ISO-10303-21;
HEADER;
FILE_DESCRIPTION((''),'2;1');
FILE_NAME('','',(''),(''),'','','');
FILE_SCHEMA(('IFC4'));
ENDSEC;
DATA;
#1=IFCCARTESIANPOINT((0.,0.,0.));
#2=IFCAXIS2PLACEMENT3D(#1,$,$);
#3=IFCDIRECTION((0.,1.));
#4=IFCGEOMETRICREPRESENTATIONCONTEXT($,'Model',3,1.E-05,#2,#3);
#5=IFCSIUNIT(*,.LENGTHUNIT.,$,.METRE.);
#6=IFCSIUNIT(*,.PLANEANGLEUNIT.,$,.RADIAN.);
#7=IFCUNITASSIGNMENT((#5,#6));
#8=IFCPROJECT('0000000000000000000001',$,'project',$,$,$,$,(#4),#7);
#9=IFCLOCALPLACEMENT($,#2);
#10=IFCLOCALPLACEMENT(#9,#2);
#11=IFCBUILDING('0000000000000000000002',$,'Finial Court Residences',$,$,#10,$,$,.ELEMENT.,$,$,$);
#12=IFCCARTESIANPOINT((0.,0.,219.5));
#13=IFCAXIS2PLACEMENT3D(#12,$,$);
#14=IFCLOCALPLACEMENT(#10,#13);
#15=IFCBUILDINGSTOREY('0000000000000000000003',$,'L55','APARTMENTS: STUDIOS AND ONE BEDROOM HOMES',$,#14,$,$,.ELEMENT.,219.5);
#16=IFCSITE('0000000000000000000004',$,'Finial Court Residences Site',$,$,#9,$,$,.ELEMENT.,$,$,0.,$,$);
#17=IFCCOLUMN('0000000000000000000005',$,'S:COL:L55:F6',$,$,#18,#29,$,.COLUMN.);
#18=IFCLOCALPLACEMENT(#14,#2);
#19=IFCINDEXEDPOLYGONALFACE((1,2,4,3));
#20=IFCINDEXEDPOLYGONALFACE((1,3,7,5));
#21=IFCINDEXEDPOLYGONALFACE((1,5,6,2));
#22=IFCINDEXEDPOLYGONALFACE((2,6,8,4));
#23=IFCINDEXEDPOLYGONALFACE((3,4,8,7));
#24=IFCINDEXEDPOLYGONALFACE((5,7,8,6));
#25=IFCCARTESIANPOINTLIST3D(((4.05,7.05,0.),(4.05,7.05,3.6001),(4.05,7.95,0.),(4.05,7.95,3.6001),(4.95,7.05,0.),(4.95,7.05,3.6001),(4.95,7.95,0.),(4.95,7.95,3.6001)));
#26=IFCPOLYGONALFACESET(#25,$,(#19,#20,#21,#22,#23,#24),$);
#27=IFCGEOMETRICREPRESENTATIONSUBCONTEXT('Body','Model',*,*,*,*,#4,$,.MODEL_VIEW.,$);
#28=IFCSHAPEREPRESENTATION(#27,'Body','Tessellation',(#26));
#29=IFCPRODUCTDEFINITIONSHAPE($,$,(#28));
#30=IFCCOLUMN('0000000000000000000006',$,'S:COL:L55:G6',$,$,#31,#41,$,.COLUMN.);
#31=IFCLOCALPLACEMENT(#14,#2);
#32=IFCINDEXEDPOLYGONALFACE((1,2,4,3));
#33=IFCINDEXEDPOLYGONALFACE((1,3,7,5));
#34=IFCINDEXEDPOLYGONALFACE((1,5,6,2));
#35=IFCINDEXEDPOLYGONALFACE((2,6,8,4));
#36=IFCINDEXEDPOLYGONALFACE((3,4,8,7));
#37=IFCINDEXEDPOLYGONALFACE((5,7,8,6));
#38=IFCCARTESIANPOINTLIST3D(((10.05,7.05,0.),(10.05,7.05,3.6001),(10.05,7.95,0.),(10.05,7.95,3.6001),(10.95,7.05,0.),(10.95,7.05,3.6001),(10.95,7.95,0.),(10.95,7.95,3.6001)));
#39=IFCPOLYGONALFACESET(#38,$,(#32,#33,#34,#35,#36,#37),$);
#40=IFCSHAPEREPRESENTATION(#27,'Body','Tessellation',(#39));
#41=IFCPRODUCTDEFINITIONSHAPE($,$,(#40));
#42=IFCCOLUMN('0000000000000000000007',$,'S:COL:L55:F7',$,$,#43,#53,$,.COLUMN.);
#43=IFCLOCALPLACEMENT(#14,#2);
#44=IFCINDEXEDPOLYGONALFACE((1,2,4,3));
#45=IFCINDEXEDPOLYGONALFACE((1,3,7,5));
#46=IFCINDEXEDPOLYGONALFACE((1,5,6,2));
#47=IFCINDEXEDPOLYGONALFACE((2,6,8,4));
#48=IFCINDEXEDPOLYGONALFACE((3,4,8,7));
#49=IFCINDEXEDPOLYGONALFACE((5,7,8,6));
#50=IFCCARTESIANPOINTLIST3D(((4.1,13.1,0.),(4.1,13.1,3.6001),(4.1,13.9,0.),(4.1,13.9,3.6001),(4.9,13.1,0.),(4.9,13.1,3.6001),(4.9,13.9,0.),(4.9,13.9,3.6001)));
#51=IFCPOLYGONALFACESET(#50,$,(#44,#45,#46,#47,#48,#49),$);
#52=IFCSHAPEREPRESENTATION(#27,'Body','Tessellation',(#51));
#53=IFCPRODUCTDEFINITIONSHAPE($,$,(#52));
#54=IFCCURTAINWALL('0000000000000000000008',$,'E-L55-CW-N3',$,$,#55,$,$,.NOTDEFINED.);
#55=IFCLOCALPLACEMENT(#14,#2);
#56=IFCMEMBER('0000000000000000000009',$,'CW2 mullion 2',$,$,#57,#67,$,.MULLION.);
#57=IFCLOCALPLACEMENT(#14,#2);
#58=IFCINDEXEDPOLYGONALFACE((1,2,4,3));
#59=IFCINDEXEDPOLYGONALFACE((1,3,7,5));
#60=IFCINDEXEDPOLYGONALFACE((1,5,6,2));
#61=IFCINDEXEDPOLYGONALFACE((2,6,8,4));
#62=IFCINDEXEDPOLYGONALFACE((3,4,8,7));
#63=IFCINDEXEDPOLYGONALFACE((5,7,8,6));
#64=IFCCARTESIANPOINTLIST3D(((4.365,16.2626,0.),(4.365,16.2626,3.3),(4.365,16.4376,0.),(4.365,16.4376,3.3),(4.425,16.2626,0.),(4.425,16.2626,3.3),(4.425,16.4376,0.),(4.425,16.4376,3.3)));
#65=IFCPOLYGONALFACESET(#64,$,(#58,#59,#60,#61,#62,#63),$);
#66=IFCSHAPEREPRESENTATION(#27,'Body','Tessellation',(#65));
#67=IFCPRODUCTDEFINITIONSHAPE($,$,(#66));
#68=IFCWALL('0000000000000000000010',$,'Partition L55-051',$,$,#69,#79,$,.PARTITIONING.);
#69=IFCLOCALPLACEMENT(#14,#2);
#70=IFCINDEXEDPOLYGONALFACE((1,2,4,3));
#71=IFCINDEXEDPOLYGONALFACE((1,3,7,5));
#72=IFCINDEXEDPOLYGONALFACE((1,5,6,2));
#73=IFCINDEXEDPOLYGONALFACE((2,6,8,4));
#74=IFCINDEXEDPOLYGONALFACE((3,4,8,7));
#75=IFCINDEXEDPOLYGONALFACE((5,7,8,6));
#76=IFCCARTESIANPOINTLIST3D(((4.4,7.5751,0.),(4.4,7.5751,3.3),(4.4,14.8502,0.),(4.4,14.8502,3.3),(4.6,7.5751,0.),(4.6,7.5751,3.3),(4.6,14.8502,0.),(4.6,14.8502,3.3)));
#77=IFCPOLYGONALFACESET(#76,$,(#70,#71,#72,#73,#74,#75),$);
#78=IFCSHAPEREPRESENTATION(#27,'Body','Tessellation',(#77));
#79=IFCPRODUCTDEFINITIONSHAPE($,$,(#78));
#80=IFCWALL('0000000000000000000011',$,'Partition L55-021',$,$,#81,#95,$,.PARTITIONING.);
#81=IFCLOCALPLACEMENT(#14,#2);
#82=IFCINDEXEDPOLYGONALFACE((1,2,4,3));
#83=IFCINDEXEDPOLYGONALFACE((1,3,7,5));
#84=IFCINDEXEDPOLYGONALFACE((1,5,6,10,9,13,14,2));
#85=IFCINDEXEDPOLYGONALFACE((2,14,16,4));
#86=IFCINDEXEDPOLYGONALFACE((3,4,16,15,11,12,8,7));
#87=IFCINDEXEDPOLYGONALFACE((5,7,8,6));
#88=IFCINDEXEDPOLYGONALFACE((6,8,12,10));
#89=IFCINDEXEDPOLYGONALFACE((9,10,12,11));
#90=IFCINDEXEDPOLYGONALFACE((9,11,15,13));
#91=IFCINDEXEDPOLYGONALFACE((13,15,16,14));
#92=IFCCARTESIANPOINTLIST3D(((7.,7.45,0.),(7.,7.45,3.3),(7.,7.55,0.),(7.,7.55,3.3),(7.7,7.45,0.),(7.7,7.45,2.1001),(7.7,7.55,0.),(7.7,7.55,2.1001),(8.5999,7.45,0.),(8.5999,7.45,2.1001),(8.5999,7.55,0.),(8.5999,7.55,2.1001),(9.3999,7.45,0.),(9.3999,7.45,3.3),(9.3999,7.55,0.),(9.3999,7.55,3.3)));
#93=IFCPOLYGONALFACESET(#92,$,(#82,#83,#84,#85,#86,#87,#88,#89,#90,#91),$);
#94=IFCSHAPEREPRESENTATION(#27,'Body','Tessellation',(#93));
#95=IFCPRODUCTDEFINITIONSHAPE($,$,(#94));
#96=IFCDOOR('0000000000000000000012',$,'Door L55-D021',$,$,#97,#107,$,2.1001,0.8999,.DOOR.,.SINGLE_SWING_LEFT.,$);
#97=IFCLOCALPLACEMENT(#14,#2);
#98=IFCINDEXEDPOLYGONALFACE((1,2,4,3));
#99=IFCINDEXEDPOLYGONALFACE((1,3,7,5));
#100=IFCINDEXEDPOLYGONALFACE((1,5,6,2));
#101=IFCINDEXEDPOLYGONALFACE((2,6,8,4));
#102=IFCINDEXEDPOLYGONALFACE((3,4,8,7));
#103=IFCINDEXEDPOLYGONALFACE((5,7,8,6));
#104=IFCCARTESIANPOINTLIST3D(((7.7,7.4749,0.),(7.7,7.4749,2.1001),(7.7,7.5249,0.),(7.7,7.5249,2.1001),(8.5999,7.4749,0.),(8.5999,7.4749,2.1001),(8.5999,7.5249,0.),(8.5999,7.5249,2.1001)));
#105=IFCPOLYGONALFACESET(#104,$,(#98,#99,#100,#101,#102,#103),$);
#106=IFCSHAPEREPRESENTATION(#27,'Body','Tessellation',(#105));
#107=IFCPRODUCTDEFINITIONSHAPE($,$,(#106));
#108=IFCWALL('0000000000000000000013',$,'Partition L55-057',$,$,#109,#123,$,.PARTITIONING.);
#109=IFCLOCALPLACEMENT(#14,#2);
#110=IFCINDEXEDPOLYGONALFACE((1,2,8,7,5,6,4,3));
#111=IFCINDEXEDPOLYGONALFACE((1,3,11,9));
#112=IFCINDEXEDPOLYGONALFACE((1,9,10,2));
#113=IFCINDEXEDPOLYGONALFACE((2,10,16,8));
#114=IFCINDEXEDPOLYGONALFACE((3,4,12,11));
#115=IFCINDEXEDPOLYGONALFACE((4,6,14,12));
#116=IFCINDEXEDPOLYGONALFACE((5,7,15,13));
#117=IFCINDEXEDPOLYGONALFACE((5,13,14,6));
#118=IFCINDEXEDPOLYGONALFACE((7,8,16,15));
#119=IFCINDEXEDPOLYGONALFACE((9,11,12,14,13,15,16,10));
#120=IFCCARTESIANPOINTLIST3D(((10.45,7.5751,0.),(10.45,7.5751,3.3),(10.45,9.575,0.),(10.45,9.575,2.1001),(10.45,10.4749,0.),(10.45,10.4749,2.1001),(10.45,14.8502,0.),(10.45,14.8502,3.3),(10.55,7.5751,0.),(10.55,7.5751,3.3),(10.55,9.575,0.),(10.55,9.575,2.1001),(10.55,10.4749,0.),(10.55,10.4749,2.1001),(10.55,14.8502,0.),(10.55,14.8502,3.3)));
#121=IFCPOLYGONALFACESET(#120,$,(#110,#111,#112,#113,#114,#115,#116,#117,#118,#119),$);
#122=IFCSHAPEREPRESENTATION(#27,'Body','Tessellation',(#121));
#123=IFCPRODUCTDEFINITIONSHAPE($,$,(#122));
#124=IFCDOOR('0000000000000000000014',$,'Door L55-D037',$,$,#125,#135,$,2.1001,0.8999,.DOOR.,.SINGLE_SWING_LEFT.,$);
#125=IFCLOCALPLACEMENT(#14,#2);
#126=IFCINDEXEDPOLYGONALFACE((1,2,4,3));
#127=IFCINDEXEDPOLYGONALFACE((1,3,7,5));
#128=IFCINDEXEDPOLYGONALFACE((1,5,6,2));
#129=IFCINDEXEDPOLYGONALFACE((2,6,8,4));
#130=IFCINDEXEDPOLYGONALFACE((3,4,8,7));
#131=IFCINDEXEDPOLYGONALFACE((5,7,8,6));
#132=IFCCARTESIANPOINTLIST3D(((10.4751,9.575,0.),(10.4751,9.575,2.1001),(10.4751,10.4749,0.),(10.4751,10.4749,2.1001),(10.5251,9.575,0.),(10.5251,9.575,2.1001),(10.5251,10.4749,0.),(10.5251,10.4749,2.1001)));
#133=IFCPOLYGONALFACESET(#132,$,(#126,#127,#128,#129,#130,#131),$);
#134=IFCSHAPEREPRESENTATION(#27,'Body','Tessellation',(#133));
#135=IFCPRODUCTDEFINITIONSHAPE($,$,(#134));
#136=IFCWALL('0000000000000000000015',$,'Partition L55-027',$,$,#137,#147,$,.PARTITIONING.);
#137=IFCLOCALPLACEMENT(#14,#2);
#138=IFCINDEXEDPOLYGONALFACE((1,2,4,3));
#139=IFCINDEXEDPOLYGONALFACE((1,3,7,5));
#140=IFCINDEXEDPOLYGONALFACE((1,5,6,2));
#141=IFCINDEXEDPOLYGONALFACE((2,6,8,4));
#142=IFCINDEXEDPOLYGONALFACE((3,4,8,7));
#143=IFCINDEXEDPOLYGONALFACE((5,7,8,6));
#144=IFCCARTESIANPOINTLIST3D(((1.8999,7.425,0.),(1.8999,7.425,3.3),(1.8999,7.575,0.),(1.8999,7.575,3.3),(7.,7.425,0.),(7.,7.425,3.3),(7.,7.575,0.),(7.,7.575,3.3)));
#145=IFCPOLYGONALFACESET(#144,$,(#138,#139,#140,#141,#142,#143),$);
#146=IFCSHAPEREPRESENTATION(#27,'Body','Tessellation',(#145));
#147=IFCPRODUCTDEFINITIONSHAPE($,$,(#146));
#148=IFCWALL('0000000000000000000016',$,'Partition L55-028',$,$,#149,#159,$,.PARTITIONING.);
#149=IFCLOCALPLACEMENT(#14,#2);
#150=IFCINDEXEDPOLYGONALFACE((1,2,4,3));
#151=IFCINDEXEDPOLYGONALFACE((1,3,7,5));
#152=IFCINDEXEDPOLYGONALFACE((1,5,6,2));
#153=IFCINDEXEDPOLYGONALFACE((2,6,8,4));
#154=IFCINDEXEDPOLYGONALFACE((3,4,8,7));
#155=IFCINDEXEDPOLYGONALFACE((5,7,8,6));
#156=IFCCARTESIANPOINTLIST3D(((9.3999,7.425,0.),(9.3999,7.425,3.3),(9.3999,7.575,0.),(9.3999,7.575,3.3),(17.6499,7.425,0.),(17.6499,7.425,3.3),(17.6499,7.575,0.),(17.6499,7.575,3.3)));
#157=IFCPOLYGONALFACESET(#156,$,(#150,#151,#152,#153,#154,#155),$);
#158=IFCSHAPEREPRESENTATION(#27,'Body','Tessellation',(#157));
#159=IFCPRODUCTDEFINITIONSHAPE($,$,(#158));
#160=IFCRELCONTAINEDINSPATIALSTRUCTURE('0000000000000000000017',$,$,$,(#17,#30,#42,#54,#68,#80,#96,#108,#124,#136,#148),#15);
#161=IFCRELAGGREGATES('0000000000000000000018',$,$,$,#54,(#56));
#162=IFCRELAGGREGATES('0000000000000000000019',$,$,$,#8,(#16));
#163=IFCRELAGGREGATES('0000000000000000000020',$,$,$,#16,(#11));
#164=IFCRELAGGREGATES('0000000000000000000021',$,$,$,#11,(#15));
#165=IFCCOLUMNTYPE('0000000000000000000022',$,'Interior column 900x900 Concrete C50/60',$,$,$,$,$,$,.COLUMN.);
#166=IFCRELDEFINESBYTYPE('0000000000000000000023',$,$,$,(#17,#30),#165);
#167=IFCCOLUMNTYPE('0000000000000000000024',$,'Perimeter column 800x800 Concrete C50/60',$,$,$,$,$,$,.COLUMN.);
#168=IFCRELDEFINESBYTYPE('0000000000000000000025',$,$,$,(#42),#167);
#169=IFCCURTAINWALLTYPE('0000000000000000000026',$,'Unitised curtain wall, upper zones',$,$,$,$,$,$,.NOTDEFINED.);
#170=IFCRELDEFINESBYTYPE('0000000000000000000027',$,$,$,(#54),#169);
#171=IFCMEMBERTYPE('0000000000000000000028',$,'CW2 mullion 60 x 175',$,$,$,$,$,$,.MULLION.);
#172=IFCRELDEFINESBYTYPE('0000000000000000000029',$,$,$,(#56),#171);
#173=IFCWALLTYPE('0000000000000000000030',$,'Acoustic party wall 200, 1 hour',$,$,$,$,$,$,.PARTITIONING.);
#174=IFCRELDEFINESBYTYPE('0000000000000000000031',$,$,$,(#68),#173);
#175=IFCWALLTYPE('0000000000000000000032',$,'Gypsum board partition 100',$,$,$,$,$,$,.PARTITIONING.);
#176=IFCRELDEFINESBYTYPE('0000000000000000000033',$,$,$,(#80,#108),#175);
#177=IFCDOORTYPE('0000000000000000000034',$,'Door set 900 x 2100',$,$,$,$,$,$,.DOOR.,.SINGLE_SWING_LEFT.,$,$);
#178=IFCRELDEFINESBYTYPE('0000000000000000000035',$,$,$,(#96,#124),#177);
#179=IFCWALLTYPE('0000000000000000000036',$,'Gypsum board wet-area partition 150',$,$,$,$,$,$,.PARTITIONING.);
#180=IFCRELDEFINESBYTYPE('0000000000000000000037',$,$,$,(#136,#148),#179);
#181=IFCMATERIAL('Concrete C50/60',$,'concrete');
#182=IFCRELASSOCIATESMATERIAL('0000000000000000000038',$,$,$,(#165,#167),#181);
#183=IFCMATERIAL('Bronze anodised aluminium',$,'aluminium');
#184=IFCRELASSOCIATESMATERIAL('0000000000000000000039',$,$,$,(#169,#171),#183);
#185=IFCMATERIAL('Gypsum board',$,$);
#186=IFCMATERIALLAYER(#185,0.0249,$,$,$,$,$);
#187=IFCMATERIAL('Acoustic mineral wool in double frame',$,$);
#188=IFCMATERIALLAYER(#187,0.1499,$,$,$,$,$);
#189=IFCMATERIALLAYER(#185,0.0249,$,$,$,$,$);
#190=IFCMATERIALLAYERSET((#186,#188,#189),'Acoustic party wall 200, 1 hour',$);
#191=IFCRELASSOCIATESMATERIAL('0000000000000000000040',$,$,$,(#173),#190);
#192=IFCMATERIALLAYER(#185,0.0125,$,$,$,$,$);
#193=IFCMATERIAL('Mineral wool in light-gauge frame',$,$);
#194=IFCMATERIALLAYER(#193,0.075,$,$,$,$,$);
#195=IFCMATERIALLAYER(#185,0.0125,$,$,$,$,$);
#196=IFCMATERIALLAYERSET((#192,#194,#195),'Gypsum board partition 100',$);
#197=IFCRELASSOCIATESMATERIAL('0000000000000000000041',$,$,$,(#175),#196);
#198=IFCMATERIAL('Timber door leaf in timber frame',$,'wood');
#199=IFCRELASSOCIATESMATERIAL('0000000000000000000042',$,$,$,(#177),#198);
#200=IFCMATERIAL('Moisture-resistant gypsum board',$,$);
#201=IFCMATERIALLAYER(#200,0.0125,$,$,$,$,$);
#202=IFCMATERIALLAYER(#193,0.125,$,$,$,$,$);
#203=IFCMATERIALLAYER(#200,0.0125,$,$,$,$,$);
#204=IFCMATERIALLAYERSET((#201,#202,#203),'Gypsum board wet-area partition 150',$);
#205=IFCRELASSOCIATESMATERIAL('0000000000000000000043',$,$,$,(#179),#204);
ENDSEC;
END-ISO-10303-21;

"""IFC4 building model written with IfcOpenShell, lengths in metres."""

from ifc_helpers import new_model, si_unit, direction, frame, frame_2d, origin, origin_2d, place, context, subcontext, project, spatial, rectangle, extrude, material, layer, layer_set, material_profile, profile_set, type_object, element, fill, aggregate, save


model = new_model("IFC4")

# Units and contexts
model_context = context("Model", 3, precision=1e-05, world=origin(), true_north=direction((0.0, 1.0)))
body_context = subcontext(model_context, "Body", "Model", "MODEL_VIEW")
ifc_project = project(units=[si_unit("LENGTHUNIT", "METRE"), si_unit("PLANEANGLEUNIT", "RADIAN")], contexts=[model_context])

# Site, building, storey
site_placement = place(None, origin())
site = spatial("IfcSite", under=ifc_project, at=site_placement, Name="Finial Court Residences Site", CompositionType="ELEMENT", RefElevation=0.0)
building_placement = place(site_placement, origin())
building = spatial("IfcBuilding", under=site, at=building_placement, Name="Finial Court Residences", CompositionType="ELEMENT")
storey_placement = place(building_placement, frame((0.0, 0.0, 219.5)))
storey = spatial("IfcBuildingStorey", under=building, at=storey_placement, Name="L55", Description="APARTMENTS: STUDIOS AND ONE BEDROOM HOMES", CompositionType="ELEMENT", Elevation=219.5)

# Columns
ifc_material_1 = material(Name="Concrete C50/60", Category="concrete")
ifc_material_profile_1 = material_profile(ifc_material_1, rectangle(XDim=0.8999, YDim=0.8999, at=origin_2d()), Name="900x900")
ifc_profile_set_1 = profile_set([ifc_material_profile_1], Name="Concrete C50/60")
column_type_1 = type_object("IfcColumnType", Name="Interior column 900x900 Concrete C50/60", PredefinedType="COLUMN", material=ifc_profile_set_1)
for number, where, z_axis, x_axis, name in (
    (1, (4.5, 7.5, 0.0), (0.0, 0.0, 1.0), (1.0, 0.0, 0.0), "S:COL:L55:F6"),
    (2, (10.5, 7.5, 0.0), (0.0, 0.0, 1.0), (1.0, 0.0, 0.0), "S:COL:L55:G6"),
):
    element("IfcColumn", number, at=place(storey_placement, frame(where, z_axis=z_axis, x_axis=x_axis)), inside=storey, type_object=column_type_1, Name=name, PredefinedType="COLUMN", context=body_context, shape_type="SweptSolid", body=[
        extrude(rectangle(XDim=0.8999, YDim=0.8999, at=origin_2d()), origin(), (0.0, 0.0, 1.0), 3.6001),
    ])
ifc_material_profile_2 = material_profile(ifc_material_1, rectangle(XDim=0.8, YDim=0.8, at=origin_2d()), Name="800x800")
ifc_profile_set_2 = profile_set([ifc_material_profile_2], Name="Concrete C50/60")
column_type_2 = type_object("IfcColumnType", Name="Perimeter column 800x800 Concrete C50/60", PredefinedType="COLUMN", material=ifc_profile_set_2)
column_placement = place(storey_placement, frame((4.5, 13.5, 0.0), z_axis=(0.0, 0.0, 1.0), x_axis=(1.0, 0.0, 0.0)))
element("IfcColumn", 3, at=column_placement, inside=storey, type_object=column_type_2, Name="S:COL:L55:F7", PredefinedType="COLUMN", context=body_context, shape_type="SweptSolid", body=[
    extrude(rectangle(XDim=0.8, YDim=0.8, at=origin_2d()), origin(), (0.0, 0.0, 1.0), 3.6001),
])

# Curtain wall, member
ifc_material_2 = material(Name="Bronze anodised aluminium", Category="aluminium")
curtain_wall_type = type_object("IfcCurtainWallType", Name="Unitised curtain wall, upper zones", PredefinedType="NOTDEFINED", material=ifc_material_2)
curtain_wall_placement = place(storey_placement, origin())
curtain_wall = element("IfcCurtainWall", 4, at=curtain_wall_placement, inside=storey, type_object=curtain_wall_type, Name="E-L55-CW-N3", PredefinedType="NOTDEFINED")
ifc_material_profile_3 = material_profile(ifc_material_2, rectangle(XDim=0.175, YDim=0.0601, at=origin_2d()), Name="CW2 mullion 60 x 175")
ifc_profile_set_3 = profile_set([ifc_material_profile_3], Name="Bronze anodised aluminium")
member_type = type_object("IfcMemberType", Name="CW2 mullion 60 x 175", PredefinedType="MULLION", material=ifc_profile_set_3)
member_placement = place(storey_placement, frame((4.395, 16.3501, 0.0), z_axis=(0.0, 0.0, 1.0), x_axis=(0.0, 1.0, 0.0)))
member = element("IfcMember", 5, at=member_placement, type_object=member_type, Name="CW2 mullion 2", PredefinedType="MULLION", context=body_context, shape_type="SweptSolid", body=[
    extrude(rectangle(XDim=0.175, YDim=0.0601, at=origin_2d()), origin(), (0.0, 0.0, 1.0), 3.3),
])
aggregate(curtain_wall, [member])

# Wall
ifc_material_3 = material(Name="Gypsum board")
ifc_layer_1 = layer(ifc_material_3, 0.0249)
ifc_material_4 = material(Name="Acoustic mineral wool in double frame")
ifc_layer_2 = layer(ifc_material_4, 0.1499)
ifc_layer_3 = layer(ifc_material_3, 0.0249)
ifc_layer_set_1 = layer_set([ifc_layer_1, ifc_layer_2, ifc_layer_3], Name="Acoustic party wall 200, 1 hour")
wall_type_1 = type_object("IfcWallType", Name="Acoustic party wall 200, 1 hour", PredefinedType="PARTITIONING", material=ifc_layer_set_1)
wall_1_placement = place(storey_placement, frame((4.5, 7.575, 0.0), z_axis=(0.0, 0.0, 1.0), x_axis=(0.0, 1.0, 0.0)))
element("IfcWall", 6, at=wall_1_placement, inside=storey, type_object=wall_type_1, Name="Partition L55-051", PredefinedType="PARTITIONING", context=body_context, shape_type="SweptSolid", body=[
    extrude(rectangle(XDim=7.2751, YDim=0.2, at=frame_2d((3.6377, 0.0))), origin(), (0.0, 0.0, 1.0), 3.3),
])

# Walls, openings, doors
ifc_layer_4 = layer(ifc_material_3, 0.0125)
ifc_material_5 = material(Name="Mineral wool in light-gauge frame")
ifc_layer_5 = layer(ifc_material_5, 0.075)
ifc_layer_6 = layer(ifc_material_3, 0.0125)
ifc_layer_set_2 = layer_set([ifc_layer_4, ifc_layer_5, ifc_layer_6], Name="Gypsum board partition 100")
wall_type_2 = type_object("IfcWallType", Name="Gypsum board partition 100", PredefinedType="PARTITIONING", material=ifc_layer_set_2)
wall_2_placement = place(storey_placement, frame((7.0, 7.5, 0.0), z_axis=(0.0, 0.0, 1.0), x_axis=(1.0, 0.0, 0.0)))
wall_2 = element("IfcWall", 7, at=wall_2_placement, inside=storey, type_object=wall_type_2, Name="Partition L55-021", PredefinedType="PARTITIONING", context=body_context, shape_type="SweptSolid", body=[
    extrude(rectangle(XDim=2.3999, YDim=0.1001, at=frame_2d((1.2, 0.0))), origin(), (0.0, 0.0, 1.0), 3.3),
])
opening_1_placement = place(wall_2_placement, frame((0.7, 0.0, 0.0)))
opening_1 = element("IfcOpeningElement", 8, at=opening_1_placement, cuts=wall_2, PredefinedType="OPENING", context=body_context, shape_type="SweptSolid", body=[
    extrude(rectangle(XDim=0.8999, YDim=2.1001, at=frame_2d((0.45, 1.05))), frame((0.0, 0.0601, 0.0), z_axis=(0.0, -1.0, 0.0), x_axis=(1.0, 0.0, 0.0)), (0.0, 0.0, 1.0), 0.1201),
])
ifc_material_6 = material(Name="Timber door leaf in timber frame", Category="wood")
door_type_1 = type_object("IfcDoorType", Name="Door set 900 x 2100", OperationType="SINGLE_SWING_LEFT", PredefinedType="DOOR", material=ifc_material_6)
door_1_placement = place(opening_1_placement, origin())
door_1 = element("IfcDoor", 9, at=door_1_placement, inside=storey, type_object=door_type_1, Name="Door L55-D021", OperationType="SINGLE_SWING_LEFT", OverallHeight=2.1001, OverallWidth=0.8999, PredefinedType="DOOR", context=body_context, shape_type="SweptSolid", body=[
    extrude(rectangle(XDim=0.8999, YDim=2.1001, at=frame_2d((0.45, 1.05))), frame((0.0, 0.0249, 0.0), z_axis=(0.0, -1.0, 0.0), x_axis=(1.0, 0.0, 0.0)), (0.0, 0.0, 1.0), 0.05),
])
fill(opening_1, door_1)
wall_3_placement = place(storey_placement, frame((10.5, 7.575, 0.0), z_axis=(0.0, 0.0, 1.0), x_axis=(0.0, 1.0, 0.0)))
wall_3 = element("IfcWall", 10, at=wall_3_placement, inside=storey, type_object=wall_type_2, Name="Partition L55-057", PredefinedType="PARTITIONING", context=body_context, shape_type="SweptSolid", body=[
    extrude(rectangle(XDim=7.2751, YDim=0.1001, at=frame_2d((3.6377, 0.0))), origin(), (0.0, 0.0, 1.0), 3.3),
])
opening_2_placement = place(wall_3_placement, frame((2.0, 0.0, 0.0)))
opening_2 = element("IfcOpeningElement", 11, at=opening_2_placement, cuts=wall_3, PredefinedType="OPENING", context=body_context, shape_type="SweptSolid", body=[
    extrude(rectangle(XDim=0.8999, YDim=2.1001, at=frame_2d((0.45, 1.05))), frame((0.0, 0.0601, 0.0), z_axis=(0.0, -1.0, 0.0), x_axis=(1.0, 0.0, 0.0)), (0.0, 0.0, 1.0), 0.1201),
])
door_2_placement = place(opening_2_placement, origin())
door_2 = element("IfcDoor", 12, at=door_2_placement, inside=storey, type_object=door_type_1, Name="Door L55-D037", OperationType="SINGLE_SWING_LEFT", OverallHeight=2.1001, OverallWidth=0.8999, PredefinedType="DOOR", context=body_context, shape_type="SweptSolid", body=[
    extrude(rectangle(XDim=0.8999, YDim=2.1001, at=frame_2d((0.45, 1.05))), frame((0.0, 0.0249, 0.0), z_axis=(0.0, -1.0, 0.0), x_axis=(1.0, 0.0, 0.0)), (0.0, 0.0, 1.0), 0.05),
])
fill(opening_2, door_2)

# Walls
ifc_material_7 = material(Name="Moisture-resistant gypsum board")
ifc_layer_7 = layer(ifc_material_7, 0.0125)
ifc_layer_8 = layer(ifc_material_5, 0.125)
ifc_layer_9 = layer(ifc_material_7, 0.0125)
ifc_layer_set_3 = layer_set([ifc_layer_7, ifc_layer_8, ifc_layer_9], Name="Gypsum board wet-area partition 150")
wall_type_3 = type_object("IfcWallType", Name="Gypsum board wet-area partition 150", PredefinedType="PARTITIONING", material=ifc_layer_set_3)
wall_4_placement = place(storey_placement, frame((1.8999, 7.5, 0.0), z_axis=(0.0, 0.0, 1.0), x_axis=(1.0, 0.0, 0.0)))
element("IfcWall", 13, at=wall_4_placement, inside=storey, type_object=wall_type_3, Name="Partition L55-027", PredefinedType="PARTITIONING", context=body_context, shape_type="SweptSolid", body=[
    extrude(rectangle(XDim=5.1001, YDim=0.1499, at=frame_2d((2.55, 0.0))), origin(), (0.0, 0.0, 1.0), 3.3),
])
wall_5_placement = place(storey_placement, frame((9.3999, 7.5, 0.0), z_axis=(0.0, 0.0, 1.0), x_axis=(1.0, 0.0, 0.0)))
element("IfcWall", 14, at=wall_5_placement, inside=storey, type_object=wall_type_3, Name="Partition L55-028", PredefinedType="PARTITIONING", context=body_context, shape_type="SweptSolid", body=[
    extrude(rectangle(XDim=8.25, YDim=0.1499, at=frame_2d((4.125, 0.0))), origin(), (0.0, 0.0, 1.0), 3.3),
])

save(model, "model.ifc")
